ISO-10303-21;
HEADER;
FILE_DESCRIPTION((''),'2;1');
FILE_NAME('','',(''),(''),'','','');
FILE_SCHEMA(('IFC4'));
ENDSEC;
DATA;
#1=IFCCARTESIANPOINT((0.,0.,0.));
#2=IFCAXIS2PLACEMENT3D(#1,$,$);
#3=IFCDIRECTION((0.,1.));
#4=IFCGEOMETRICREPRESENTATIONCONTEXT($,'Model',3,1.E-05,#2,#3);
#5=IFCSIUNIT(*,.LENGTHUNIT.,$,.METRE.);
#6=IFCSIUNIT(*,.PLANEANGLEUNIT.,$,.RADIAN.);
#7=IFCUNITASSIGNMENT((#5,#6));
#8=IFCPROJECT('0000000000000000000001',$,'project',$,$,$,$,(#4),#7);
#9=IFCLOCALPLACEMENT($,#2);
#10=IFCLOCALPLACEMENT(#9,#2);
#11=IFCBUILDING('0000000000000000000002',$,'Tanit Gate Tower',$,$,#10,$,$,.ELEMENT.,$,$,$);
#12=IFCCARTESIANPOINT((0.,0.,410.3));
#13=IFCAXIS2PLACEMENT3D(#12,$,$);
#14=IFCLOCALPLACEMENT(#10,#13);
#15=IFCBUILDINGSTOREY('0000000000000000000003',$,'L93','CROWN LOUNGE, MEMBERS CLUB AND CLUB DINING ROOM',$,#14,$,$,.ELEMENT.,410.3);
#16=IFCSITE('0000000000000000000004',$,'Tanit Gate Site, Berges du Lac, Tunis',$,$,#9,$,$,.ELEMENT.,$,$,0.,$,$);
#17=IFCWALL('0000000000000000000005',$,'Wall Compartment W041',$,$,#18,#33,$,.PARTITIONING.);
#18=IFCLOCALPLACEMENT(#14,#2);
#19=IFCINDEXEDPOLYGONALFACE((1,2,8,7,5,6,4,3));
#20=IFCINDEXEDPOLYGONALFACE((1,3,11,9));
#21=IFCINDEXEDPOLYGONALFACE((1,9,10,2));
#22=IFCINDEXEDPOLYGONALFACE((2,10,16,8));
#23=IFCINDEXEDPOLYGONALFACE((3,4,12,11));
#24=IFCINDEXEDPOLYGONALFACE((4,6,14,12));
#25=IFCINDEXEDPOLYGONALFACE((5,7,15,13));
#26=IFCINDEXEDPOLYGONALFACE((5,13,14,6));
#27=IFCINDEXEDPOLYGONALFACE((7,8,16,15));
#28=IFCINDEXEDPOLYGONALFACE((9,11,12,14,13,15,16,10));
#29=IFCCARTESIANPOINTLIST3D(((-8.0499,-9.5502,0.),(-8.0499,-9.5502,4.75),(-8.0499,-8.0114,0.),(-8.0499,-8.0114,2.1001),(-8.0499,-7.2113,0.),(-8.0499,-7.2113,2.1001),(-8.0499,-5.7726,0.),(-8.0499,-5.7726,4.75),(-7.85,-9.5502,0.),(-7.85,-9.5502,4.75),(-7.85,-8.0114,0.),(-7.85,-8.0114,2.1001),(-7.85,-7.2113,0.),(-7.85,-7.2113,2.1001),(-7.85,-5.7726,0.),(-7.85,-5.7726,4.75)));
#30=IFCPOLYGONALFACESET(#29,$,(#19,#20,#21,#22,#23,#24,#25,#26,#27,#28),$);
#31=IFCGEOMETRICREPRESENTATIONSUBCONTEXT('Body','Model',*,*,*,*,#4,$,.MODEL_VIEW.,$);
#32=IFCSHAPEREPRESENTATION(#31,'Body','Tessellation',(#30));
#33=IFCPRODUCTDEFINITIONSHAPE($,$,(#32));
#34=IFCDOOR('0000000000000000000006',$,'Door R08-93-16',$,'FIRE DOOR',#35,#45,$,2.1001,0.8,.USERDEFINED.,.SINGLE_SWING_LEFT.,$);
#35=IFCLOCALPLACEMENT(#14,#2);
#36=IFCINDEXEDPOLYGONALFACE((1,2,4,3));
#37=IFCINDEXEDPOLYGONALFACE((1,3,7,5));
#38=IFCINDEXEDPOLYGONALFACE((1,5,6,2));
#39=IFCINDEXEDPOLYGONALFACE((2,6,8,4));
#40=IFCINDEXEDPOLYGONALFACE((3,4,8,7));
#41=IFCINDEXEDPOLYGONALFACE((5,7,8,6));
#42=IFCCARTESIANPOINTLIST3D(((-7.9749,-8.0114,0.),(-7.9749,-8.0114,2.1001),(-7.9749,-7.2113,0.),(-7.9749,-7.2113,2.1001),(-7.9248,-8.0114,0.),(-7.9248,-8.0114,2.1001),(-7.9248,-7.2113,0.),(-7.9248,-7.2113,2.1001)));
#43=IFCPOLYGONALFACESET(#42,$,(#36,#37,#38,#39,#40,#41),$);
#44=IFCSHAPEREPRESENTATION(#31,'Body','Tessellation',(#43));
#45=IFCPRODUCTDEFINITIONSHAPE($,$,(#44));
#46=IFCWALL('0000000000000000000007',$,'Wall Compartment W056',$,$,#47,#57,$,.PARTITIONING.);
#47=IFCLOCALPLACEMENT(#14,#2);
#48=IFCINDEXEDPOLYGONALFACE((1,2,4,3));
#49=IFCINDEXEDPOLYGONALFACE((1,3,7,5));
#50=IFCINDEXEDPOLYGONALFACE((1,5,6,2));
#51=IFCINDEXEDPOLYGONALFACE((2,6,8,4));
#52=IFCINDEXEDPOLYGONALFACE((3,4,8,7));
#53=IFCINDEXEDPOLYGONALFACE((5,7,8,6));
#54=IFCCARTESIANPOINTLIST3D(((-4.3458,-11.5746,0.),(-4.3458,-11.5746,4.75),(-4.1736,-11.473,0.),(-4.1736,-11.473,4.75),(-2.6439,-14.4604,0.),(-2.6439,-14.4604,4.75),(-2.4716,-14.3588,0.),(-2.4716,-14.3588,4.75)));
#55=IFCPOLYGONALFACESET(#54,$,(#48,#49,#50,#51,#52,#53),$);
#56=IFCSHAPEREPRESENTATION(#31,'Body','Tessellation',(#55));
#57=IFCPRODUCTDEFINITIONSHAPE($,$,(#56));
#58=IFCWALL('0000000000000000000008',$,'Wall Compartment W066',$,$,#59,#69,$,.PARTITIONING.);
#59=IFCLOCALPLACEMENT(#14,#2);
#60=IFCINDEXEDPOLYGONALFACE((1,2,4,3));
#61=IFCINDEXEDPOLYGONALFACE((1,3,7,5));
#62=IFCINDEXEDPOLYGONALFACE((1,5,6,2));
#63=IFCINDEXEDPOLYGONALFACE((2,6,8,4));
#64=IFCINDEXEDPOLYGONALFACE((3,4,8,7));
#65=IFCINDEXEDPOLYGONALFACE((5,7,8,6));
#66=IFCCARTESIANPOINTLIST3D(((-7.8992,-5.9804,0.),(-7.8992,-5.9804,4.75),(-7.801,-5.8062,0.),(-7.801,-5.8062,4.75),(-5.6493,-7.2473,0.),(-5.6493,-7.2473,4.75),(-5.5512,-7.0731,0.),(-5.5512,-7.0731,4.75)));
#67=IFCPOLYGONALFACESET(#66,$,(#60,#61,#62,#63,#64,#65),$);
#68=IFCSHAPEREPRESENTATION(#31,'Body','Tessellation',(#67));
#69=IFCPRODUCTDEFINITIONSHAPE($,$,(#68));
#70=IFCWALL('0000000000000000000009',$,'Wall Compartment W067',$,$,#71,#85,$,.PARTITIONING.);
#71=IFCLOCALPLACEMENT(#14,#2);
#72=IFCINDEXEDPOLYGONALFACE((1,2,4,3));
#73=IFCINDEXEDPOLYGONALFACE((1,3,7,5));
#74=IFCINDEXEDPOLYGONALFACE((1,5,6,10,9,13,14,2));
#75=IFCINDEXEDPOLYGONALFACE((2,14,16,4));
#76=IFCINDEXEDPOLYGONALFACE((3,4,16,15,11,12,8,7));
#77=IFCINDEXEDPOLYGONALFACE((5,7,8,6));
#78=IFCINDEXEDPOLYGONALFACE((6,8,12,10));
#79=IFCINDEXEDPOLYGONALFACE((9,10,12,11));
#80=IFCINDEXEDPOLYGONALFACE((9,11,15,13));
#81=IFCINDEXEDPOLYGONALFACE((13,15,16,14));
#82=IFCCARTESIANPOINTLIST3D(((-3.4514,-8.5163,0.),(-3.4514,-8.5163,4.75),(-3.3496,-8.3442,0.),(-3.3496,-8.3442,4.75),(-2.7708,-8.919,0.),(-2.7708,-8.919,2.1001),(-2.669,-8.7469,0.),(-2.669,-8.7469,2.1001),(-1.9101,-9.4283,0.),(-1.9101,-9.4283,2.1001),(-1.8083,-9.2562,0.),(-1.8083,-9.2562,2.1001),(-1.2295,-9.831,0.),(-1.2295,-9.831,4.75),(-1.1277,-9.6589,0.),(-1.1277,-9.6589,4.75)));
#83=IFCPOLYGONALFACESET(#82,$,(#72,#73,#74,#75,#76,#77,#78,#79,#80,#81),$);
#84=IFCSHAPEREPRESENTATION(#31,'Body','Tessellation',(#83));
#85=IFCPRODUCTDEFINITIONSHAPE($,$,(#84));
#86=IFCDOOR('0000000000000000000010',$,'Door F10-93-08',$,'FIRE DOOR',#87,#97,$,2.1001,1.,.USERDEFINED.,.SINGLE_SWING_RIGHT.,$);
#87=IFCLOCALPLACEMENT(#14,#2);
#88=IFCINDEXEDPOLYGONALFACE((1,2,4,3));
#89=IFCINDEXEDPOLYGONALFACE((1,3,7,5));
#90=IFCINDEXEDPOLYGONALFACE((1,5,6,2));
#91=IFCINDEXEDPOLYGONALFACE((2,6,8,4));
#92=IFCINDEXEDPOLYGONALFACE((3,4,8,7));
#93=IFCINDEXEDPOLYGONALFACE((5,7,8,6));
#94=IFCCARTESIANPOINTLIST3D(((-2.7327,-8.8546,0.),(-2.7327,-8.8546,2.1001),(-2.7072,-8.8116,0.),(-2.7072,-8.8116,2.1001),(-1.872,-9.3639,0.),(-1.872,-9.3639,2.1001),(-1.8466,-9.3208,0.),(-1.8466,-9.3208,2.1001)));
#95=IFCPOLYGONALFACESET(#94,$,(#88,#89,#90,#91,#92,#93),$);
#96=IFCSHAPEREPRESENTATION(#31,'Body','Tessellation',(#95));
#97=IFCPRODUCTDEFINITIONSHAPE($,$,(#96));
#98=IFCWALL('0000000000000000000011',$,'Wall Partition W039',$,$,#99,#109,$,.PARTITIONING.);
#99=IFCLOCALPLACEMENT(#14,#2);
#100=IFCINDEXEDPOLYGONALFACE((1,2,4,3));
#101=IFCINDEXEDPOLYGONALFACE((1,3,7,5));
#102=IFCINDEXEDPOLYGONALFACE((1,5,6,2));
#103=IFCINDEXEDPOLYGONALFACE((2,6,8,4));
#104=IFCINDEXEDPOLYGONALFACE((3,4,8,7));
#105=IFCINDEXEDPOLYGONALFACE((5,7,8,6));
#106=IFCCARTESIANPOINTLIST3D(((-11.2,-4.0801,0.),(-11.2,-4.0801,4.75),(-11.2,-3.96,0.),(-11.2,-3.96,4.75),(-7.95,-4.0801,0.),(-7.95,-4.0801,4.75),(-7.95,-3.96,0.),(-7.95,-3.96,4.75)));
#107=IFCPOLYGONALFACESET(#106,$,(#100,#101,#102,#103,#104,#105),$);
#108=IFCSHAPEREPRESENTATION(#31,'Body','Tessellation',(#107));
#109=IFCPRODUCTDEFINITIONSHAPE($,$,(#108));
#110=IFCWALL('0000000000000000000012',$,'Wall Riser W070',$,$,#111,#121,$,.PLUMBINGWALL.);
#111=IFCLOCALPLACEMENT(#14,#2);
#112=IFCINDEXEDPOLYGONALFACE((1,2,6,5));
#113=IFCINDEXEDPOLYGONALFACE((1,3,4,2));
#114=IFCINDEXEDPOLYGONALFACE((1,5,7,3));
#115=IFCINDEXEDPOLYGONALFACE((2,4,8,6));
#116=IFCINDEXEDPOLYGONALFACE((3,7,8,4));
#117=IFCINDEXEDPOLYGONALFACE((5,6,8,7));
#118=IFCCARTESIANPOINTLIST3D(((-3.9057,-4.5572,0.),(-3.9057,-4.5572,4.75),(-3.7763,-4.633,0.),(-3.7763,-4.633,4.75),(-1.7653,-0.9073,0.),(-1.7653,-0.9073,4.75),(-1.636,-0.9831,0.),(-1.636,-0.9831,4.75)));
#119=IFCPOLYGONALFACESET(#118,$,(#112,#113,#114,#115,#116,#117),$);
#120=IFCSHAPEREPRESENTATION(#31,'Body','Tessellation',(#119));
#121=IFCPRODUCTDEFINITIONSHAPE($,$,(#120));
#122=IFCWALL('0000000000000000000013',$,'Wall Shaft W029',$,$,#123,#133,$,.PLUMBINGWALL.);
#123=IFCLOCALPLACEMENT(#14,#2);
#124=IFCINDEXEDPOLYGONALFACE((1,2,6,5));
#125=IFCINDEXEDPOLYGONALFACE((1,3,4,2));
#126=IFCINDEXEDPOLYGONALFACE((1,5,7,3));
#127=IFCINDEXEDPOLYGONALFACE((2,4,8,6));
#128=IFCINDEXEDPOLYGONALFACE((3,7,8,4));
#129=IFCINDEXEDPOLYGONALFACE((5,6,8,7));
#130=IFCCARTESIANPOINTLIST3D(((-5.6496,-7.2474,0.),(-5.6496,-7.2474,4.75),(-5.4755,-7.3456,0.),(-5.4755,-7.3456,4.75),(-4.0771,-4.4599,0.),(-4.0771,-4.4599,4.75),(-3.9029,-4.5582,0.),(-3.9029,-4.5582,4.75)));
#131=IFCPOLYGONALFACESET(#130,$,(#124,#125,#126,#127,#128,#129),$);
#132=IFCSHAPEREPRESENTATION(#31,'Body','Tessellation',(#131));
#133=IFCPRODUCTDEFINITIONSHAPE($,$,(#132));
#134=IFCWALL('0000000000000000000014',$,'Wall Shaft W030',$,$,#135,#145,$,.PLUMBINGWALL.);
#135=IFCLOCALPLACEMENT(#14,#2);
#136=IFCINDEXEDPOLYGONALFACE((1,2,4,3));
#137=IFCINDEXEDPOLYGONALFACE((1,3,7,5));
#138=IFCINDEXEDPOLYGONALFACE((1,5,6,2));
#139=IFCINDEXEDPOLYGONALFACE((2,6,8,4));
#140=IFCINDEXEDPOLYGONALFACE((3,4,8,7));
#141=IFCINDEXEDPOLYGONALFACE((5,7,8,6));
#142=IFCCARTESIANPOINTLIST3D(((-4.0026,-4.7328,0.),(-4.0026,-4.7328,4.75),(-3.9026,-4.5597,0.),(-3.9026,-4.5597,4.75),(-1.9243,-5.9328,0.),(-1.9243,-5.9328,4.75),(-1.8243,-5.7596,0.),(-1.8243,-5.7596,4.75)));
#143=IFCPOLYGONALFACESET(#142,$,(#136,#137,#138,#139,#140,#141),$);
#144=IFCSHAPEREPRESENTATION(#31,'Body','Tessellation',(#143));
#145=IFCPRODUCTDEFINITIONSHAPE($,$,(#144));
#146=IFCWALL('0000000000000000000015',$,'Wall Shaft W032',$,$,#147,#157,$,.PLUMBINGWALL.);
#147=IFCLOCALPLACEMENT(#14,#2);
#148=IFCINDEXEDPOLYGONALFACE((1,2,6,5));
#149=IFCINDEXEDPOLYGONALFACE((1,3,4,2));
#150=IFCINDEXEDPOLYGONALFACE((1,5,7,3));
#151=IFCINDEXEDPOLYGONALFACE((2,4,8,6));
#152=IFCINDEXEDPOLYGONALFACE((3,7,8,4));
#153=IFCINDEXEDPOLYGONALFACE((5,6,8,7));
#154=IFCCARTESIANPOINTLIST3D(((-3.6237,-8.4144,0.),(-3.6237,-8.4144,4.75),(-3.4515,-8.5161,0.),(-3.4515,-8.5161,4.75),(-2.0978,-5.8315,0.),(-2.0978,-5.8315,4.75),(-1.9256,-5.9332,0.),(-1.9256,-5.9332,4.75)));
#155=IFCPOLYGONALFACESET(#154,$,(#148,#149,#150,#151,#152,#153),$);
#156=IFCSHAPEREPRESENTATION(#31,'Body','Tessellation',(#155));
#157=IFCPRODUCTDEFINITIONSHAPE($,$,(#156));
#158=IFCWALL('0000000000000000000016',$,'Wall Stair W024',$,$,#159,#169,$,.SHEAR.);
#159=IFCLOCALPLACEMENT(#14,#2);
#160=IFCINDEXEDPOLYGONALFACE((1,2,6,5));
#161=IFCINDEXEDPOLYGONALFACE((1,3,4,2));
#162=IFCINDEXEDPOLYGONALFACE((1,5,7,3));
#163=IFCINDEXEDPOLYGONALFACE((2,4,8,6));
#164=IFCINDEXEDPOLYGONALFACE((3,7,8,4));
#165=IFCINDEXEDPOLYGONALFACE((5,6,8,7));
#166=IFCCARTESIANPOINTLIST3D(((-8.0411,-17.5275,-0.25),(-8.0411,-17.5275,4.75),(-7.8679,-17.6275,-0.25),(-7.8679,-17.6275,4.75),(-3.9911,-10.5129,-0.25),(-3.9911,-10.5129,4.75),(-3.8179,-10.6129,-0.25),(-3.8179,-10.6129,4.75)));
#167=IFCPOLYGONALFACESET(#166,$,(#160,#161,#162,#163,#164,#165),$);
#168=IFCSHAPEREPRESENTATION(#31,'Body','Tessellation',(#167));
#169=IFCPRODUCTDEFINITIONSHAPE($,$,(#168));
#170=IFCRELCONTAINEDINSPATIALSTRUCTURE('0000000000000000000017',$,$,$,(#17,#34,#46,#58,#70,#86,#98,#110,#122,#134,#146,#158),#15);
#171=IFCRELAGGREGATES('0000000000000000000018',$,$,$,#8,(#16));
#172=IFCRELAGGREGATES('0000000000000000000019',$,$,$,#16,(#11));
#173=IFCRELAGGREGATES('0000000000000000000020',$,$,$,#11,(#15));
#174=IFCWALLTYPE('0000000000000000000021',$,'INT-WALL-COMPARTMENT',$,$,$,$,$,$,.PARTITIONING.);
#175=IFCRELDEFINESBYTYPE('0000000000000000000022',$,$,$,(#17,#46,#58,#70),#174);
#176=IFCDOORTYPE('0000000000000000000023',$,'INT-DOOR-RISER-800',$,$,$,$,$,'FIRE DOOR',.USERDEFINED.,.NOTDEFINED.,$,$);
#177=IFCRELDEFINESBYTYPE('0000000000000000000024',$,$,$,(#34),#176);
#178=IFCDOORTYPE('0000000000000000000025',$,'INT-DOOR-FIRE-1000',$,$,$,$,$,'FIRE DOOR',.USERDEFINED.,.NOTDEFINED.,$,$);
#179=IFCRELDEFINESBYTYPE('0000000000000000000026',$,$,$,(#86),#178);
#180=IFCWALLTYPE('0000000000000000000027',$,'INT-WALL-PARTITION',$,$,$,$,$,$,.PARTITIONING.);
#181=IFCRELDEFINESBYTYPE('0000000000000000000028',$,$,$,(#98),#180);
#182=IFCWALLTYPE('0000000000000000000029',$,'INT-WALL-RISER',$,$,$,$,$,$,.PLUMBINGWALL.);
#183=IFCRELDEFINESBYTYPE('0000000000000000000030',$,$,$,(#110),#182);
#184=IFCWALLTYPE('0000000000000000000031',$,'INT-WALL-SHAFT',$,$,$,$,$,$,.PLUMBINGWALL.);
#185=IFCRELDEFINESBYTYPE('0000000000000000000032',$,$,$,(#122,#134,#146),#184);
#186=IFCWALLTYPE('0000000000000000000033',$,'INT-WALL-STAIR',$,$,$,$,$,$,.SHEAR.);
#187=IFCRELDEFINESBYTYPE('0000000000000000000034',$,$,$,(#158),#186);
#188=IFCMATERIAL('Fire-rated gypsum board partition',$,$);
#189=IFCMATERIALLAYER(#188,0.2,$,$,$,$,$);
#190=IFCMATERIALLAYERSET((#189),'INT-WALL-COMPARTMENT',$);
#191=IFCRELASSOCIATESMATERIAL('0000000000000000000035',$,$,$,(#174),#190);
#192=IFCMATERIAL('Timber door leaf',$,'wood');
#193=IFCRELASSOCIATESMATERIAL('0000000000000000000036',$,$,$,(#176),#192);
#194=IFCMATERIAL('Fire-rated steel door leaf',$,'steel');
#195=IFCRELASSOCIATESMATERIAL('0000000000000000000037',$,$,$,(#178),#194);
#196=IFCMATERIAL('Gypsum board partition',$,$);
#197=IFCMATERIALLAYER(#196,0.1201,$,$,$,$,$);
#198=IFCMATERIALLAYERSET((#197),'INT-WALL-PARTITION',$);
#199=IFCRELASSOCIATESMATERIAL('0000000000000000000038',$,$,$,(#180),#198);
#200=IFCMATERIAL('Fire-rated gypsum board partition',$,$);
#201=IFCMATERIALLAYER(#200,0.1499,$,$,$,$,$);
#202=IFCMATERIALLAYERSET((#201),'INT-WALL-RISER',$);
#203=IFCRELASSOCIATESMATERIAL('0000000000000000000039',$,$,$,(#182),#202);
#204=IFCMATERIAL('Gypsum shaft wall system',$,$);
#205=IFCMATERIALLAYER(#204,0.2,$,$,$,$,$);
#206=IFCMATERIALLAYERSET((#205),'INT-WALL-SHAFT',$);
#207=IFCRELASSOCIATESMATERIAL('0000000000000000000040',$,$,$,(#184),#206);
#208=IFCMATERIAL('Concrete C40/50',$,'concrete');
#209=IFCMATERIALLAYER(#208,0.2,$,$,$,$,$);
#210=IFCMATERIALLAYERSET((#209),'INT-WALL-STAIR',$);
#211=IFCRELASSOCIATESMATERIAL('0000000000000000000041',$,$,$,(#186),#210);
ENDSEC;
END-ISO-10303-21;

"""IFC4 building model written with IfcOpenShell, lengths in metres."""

from ifc_helpers import new_model, si_unit, direction, frame, frame_2d, origin, place, context, subcontext, project, spatial, rectangle, extrude, material, layer, layer_set, type_object, element, fill, save


model = new_model("IFC4")

# Units and contexts
model_context = context("Model", 3, precision=1e-05, world=origin(), true_north=direction((0.0, 1.0)))
body_context = subcontext(model_context, "Body", "Model", "MODEL_VIEW")
ifc_project = project(units=[si_unit("LENGTHUNIT", "METRE"), si_unit("PLANEANGLEUNIT", "RADIAN")], contexts=[model_context])

# Site, building, storey
site_placement = place(None, origin())
site = spatial("IfcSite", under=ifc_project, at=site_placement, Name="Tanit Gate Site, Berges du Lac, Tunis", CompositionType="ELEMENT", RefElevation=0.0)
building_placement = place(site_placement, origin())
building = spatial("IfcBuilding", under=site, at=building_placement, Name="Tanit Gate Tower", CompositionType="ELEMENT")
storey_placement = place(building_placement, frame((0.0, 0.0, 410.3)))
storey = spatial("IfcBuildingStorey", under=building, at=storey_placement, Name="L93", Description="CROWN LOUNGE, MEMBERS CLUB AND CLUB DINING ROOM", CompositionType="ELEMENT", Elevation=410.3)

# Wall, opening, door
ifc_material_1 = material(Name="Fire-rated gypsum board partition")
ifc_layer_1 = layer(ifc_material_1, 0.2)
ifc_layer_set_1 = layer_set([ifc_layer_1], Name="INT-WALL-COMPARTMENT")
wall_type_1 = type_object("IfcWallType", Name="INT-WALL-COMPARTMENT", PredefinedType="PARTITIONING", material=ifc_layer_set_1)
wall_1_placement = place(storey_placement, frame((-7.95, -9.55, 0.0), z_axis=(0.0, 0.0, 1.0), x_axis=(0.0, 1.0, 0.0)))
wall_1 = element("IfcWall", 1, at=wall_1_placement, inside=storey, type_object=wall_type_1, Name="Wall Compartment W041", PredefinedType="PARTITIONING", context=body_context, shape_type="SweptSolid", body=[
    extrude(rectangle(XDim=3.7776, YDim=0.2, at=frame_2d((1.8887, 0.0))), origin(), (0.0, 0.0, 1.0), 4.75),
])
opening_1_placement = place(wall_1_placement, frame((1.5388, 0.0, 0.0)))
opening_1 = element("IfcOpeningElement", 2, at=opening_1_placement, cuts=wall_1, PredefinedType="OPENING", context=body_context, shape_type="SweptSolid", body=[
    extrude(rectangle(XDim=0.8, YDim=2.1001, at=frame_2d((0.3999, 1.05))), frame((0.0, 0.1099, 0.0), z_axis=(0.0, -1.0, 0.0), x_axis=(1.0, 0.0, 0.0)), (0.0, 0.0, 1.0), 0.22),
])
ifc_material_2 = material(Name="Timber door leaf", Category="wood")
door_type_1 = type_object("IfcDoorType", Name="INT-DOOR-RISER-800", ElementType="FIRE DOOR", OperationType="NOTDEFINED", PredefinedType="USERDEFINED", material=ifc_material_2)
door_1_placement = place(opening_1_placement, origin())
door_1 = element("IfcDoor", 3, at=door_1_placement, inside=storey, type_object=door_type_1, Name="Door R08-93-16", ObjectType="FIRE DOOR", OperationType="SINGLE_SWING_LEFT", OverallHeight=2.1001, OverallWidth=0.8, PredefinedType="USERDEFINED", context=body_context, shape_type="SweptSolid", body=[
    extrude(rectangle(XDim=0.8, YDim=2.1001, at=frame_2d((0.3999, 1.05))), frame((0.0, 0.0249, 0.0), z_axis=(0.0, -1.0, 0.0), x_axis=(1.0, 0.0, 0.0)), (0.0, 0.0, 1.0), 0.05),
])
fill(opening_1, door_1)

# Walls
wall_2_placement = place(storey_placement, frame((-4.2598, -11.5237, 0.0), z_axis=(0.0, 0.0, 1.0), x_axis=(0.507997, -0.861359, 0.0)))
element("IfcWall", 4, at=wall_2_placement, inside=storey, type_object=wall_type_1, Name="Wall Compartment W056", PredefinedType="PARTITIONING", context=body_context, shape_type="SweptSolid", body=[
    extrude(rectangle(XDim=3.3503, YDim=0.2, at=frame_2d((1.6753, 0.0))), origin(), (0.0, 0.0, 1.0), 4.75),
])
wall_3_placement = place(storey_placement, frame((-7.8501, -5.8933, 0.0), z_axis=(0.0, 0.0, 1.0), x_axis=(0.871351, -0.490661, 0.0)))
element("IfcWall", 5, at=wall_3_placement, inside=storey, type_object=wall_type_1, Name="Wall Compartment W066", PredefinedType="PARTITIONING", context=body_context, shape_type="SweptSolid", body=[
    extrude(rectangle(XDim=2.582, YDim=0.2, at=frame_2d((1.291, 0.0))), origin(), (0.0, 0.0, 1.0), 4.75),
])

# Wall, opening, door
wall_4_placement = place(storey_placement, frame((-3.4006, -8.4302, 0.0), z_axis=(0.0, 0.0, 1.0), x_axis=(0.860631, -0.509229, 0.0)))
wall_4 = element("IfcWall", 6, at=wall_4_placement, inside=storey, type_object=wall_type_1, Name="Wall Compartment W067", PredefinedType="PARTITIONING", context=body_context, shape_type="SweptSolid", body=[
    extrude(rectangle(XDim=2.5818, YDim=0.2, at=frame_2d((1.291, 0.0))), origin(), (0.0, 0.0, 1.0), 4.75),
])
opening_2_placement = place(wall_4_placement, frame((0.791, 0.0, 0.0)))
opening_2 = element("IfcOpeningElement", 7, at=opening_2_placement, cuts=wall_4, PredefinedType="OPENING", context=body_context, shape_type="SweptSolid", body=[
    extrude(rectangle(XDim=1.0, YDim=2.1001, at=frame_2d((0.5, 1.05))), frame((0.0, 0.1099, 0.0), z_axis=(0.0, -1.0, 0.0), x_axis=(1.0, 0.0, 0.0)), (0.0, 0.0, 1.0), 0.22),
])
ifc_material_3 = material(Name="Fire-rated steel door leaf", Category="steel")
door_type_2 = type_object("IfcDoorType", Name="INT-DOOR-FIRE-1000", ElementType="FIRE DOOR", OperationType="NOTDEFINED", PredefinedType="USERDEFINED", material=ifc_material_3)
door_2_placement = place(opening_2_placement, origin())
door_2 = element("IfcDoor", 8, at=door_2_placement, inside=storey, type_object=door_type_2, Name="Door F10-93-08", ObjectType="FIRE DOOR", OperationType="SINGLE_SWING_RIGHT", OverallHeight=2.1001, OverallWidth=1.0, PredefinedType="USERDEFINED", context=body_context, shape_type="SweptSolid", body=[
    extrude(rectangle(XDim=1.0, YDim=2.1001, at=frame_2d((0.5, 1.05))), frame((0.0, 0.0249, 0.0), z_axis=(0.0, -1.0, 0.0), x_axis=(1.0, 0.0, 0.0)), (0.0, 0.0, 1.0), 0.05),
])
fill(opening_2, door_2)

# Walls
ifc_material_4 = material(Name="Gypsum board partition")
ifc_layer_2 = layer(ifc_material_4, 0.1201)
ifc_layer_set_2 = layer_set([ifc_layer_2], Name="INT-WALL-PARTITION")
wall_type_2 = type_object("IfcWallType", Name="INT-WALL-PARTITION", PredefinedType="PARTITIONING", material=ifc_layer_set_2)
wall_5_placement = place(storey_placement, frame((-7.95, -4.02, 0.0), z_axis=(0.0, 0.0, 1.0), x_axis=(-1.0, 0.0, 0.0)))
element("IfcWall", 9, at=wall_5_placement, inside=storey, type_object=wall_type_2, Name="Wall Partition W039", PredefinedType="PARTITIONING", context=body_context, shape_type="SweptSolid", body=[
    extrude(rectangle(XDim=3.25, YDim=0.1201, at=frame_2d((1.625, 0.0))), origin(), (0.0, 0.0, 1.0), 4.75),
])
ifc_material_5 = material(Name="Fire-rated gypsum board partition")
ifc_layer_3 = layer(ifc_material_5, 0.1499)
ifc_layer_set_3 = layer_set([ifc_layer_3], Name="INT-WALL-RISER")
wall_type_3 = type_object("IfcWallType", Name="INT-WALL-RISER", PredefinedType="PLUMBINGWALL", material=ifc_layer_set_3)
wall_6_placement = place(storey_placement, frame((-3.8411, -4.5952, 0.0), z_axis=(0.0, 0.0, 1.0), x_axis=(0.505857, 0.862617, 0.0)))
element("IfcWall", 10, at=wall_6_placement, inside=storey, type_object=wall_type_3, Name="Wall Riser W070", PredefinedType="PLUMBINGWALL", context=body_context, shape_type="SweptSolid", body=[
    extrude(rectangle(XDim=4.2312, YDim=0.1499, at=frame_2d((2.1157, 0.0))), origin(), (0.0, 0.0, 1.0), 4.75),
])

# Shared definitions
ifc_material_6 = material(Name="Gypsum shaft wall system")
ifc_layer_4 = layer(ifc_material_6, 0.2)
ifc_layer_set_4 = layer_set([ifc_layer_4], Name="INT-WALL-SHAFT")
wall_type_4 = type_object("IfcWallType", Name="INT-WALL-SHAFT", PredefinedType="PLUMBINGWALL", material=ifc_layer_set_4)

# Walls
wall_7_placement = place(storey_placement, frame((-5.5625, -7.2964, 0.0), z_axis=(0.0, 0.0, 1.0), x_axis=(0.491358, 0.870958, 0.0)))
element("IfcWall", 11, at=wall_7_placement, inside=storey, type_object=wall_type_4, Name="Wall Shaft W029", PredefinedType="PLUMBINGWALL", context=body_context, shape_type="SweptSolid", body=[
    extrude(rectangle(XDim=3.2004, YDim=0.2, at=frame_2d((1.6001, 0.0))), origin(), (0.0, 0.0, 1.0), 4.75),
])
wall_8_placement = place(storey_placement, frame((-3.9526, -4.6462, 0.0), z_axis=(0.0, 0.0, 1.0), x_axis=(0.866025, -0.500001, 0.0)))
element("IfcWall", 12, at=wall_8_placement, inside=storey, type_object=wall_type_4, Name="Wall Shaft W030", PredefinedType="PLUMBINGWALL", context=body_context, shape_type="SweptSolid", body=[
    extrude(rectangle(XDim=2.3999, YDim=0.2, at=frame_2d((1.2, 0.0))), origin(), (0.0, 0.0, 1.0), 4.75),
])
wall_9_placement = place(storey_placement, frame((-2.0117, -5.8823, 0.0), z_axis=(0.0, 0.0, 1.0), x_axis=(-0.50862, -0.860991, 0.0)))
element("IfcWall", 13, at=wall_9_placement, inside=storey, type_object=wall_type_4, Name="Wall Shaft W032", PredefinedType="PLUMBINGWALL", context=body_context, shape_type="SweptSolid", body=[
    extrude(rectangle(XDim=3.0, YDim=0.2, at=frame_2d((1.5, 0.0))), origin(), (0.0, 0.0, 1.0), 4.75),
])
ifc_material_7 = material(Name="Concrete C40/50", Category="concrete")
ifc_layer_5 = layer(ifc_material_7, 0.2)
ifc_layer_set_5 = layer_set([ifc_layer_5], Name="INT-WALL-STAIR")
wall_type_5 = type_object("IfcWallType", Name="INT-WALL-STAIR", PredefinedType="SHEAR", material=ifc_layer_set_5)
wall_10_placement = place(storey_placement, frame((-3.9045, -10.563, -0.25), z_axis=(0.0, 0.0, 1.0), x_axis=(-0.500013, -0.866018, 0.0)))
element("IfcWall", 14, at=wall_10_placement, inside=storey, type_object=wall_type_5, Name="Wall Stair W024", PredefinedType="SHEAR", context=body_context, shape_type="SweptSolid", body=[
    extrude(rectangle(XDim=8.0999, YDim=0.2, at=frame_2d((4.0498, 0.0))), origin(), (0.0, 0.0, 1.0), 5.0),
])

save(model, "model.ifc")
